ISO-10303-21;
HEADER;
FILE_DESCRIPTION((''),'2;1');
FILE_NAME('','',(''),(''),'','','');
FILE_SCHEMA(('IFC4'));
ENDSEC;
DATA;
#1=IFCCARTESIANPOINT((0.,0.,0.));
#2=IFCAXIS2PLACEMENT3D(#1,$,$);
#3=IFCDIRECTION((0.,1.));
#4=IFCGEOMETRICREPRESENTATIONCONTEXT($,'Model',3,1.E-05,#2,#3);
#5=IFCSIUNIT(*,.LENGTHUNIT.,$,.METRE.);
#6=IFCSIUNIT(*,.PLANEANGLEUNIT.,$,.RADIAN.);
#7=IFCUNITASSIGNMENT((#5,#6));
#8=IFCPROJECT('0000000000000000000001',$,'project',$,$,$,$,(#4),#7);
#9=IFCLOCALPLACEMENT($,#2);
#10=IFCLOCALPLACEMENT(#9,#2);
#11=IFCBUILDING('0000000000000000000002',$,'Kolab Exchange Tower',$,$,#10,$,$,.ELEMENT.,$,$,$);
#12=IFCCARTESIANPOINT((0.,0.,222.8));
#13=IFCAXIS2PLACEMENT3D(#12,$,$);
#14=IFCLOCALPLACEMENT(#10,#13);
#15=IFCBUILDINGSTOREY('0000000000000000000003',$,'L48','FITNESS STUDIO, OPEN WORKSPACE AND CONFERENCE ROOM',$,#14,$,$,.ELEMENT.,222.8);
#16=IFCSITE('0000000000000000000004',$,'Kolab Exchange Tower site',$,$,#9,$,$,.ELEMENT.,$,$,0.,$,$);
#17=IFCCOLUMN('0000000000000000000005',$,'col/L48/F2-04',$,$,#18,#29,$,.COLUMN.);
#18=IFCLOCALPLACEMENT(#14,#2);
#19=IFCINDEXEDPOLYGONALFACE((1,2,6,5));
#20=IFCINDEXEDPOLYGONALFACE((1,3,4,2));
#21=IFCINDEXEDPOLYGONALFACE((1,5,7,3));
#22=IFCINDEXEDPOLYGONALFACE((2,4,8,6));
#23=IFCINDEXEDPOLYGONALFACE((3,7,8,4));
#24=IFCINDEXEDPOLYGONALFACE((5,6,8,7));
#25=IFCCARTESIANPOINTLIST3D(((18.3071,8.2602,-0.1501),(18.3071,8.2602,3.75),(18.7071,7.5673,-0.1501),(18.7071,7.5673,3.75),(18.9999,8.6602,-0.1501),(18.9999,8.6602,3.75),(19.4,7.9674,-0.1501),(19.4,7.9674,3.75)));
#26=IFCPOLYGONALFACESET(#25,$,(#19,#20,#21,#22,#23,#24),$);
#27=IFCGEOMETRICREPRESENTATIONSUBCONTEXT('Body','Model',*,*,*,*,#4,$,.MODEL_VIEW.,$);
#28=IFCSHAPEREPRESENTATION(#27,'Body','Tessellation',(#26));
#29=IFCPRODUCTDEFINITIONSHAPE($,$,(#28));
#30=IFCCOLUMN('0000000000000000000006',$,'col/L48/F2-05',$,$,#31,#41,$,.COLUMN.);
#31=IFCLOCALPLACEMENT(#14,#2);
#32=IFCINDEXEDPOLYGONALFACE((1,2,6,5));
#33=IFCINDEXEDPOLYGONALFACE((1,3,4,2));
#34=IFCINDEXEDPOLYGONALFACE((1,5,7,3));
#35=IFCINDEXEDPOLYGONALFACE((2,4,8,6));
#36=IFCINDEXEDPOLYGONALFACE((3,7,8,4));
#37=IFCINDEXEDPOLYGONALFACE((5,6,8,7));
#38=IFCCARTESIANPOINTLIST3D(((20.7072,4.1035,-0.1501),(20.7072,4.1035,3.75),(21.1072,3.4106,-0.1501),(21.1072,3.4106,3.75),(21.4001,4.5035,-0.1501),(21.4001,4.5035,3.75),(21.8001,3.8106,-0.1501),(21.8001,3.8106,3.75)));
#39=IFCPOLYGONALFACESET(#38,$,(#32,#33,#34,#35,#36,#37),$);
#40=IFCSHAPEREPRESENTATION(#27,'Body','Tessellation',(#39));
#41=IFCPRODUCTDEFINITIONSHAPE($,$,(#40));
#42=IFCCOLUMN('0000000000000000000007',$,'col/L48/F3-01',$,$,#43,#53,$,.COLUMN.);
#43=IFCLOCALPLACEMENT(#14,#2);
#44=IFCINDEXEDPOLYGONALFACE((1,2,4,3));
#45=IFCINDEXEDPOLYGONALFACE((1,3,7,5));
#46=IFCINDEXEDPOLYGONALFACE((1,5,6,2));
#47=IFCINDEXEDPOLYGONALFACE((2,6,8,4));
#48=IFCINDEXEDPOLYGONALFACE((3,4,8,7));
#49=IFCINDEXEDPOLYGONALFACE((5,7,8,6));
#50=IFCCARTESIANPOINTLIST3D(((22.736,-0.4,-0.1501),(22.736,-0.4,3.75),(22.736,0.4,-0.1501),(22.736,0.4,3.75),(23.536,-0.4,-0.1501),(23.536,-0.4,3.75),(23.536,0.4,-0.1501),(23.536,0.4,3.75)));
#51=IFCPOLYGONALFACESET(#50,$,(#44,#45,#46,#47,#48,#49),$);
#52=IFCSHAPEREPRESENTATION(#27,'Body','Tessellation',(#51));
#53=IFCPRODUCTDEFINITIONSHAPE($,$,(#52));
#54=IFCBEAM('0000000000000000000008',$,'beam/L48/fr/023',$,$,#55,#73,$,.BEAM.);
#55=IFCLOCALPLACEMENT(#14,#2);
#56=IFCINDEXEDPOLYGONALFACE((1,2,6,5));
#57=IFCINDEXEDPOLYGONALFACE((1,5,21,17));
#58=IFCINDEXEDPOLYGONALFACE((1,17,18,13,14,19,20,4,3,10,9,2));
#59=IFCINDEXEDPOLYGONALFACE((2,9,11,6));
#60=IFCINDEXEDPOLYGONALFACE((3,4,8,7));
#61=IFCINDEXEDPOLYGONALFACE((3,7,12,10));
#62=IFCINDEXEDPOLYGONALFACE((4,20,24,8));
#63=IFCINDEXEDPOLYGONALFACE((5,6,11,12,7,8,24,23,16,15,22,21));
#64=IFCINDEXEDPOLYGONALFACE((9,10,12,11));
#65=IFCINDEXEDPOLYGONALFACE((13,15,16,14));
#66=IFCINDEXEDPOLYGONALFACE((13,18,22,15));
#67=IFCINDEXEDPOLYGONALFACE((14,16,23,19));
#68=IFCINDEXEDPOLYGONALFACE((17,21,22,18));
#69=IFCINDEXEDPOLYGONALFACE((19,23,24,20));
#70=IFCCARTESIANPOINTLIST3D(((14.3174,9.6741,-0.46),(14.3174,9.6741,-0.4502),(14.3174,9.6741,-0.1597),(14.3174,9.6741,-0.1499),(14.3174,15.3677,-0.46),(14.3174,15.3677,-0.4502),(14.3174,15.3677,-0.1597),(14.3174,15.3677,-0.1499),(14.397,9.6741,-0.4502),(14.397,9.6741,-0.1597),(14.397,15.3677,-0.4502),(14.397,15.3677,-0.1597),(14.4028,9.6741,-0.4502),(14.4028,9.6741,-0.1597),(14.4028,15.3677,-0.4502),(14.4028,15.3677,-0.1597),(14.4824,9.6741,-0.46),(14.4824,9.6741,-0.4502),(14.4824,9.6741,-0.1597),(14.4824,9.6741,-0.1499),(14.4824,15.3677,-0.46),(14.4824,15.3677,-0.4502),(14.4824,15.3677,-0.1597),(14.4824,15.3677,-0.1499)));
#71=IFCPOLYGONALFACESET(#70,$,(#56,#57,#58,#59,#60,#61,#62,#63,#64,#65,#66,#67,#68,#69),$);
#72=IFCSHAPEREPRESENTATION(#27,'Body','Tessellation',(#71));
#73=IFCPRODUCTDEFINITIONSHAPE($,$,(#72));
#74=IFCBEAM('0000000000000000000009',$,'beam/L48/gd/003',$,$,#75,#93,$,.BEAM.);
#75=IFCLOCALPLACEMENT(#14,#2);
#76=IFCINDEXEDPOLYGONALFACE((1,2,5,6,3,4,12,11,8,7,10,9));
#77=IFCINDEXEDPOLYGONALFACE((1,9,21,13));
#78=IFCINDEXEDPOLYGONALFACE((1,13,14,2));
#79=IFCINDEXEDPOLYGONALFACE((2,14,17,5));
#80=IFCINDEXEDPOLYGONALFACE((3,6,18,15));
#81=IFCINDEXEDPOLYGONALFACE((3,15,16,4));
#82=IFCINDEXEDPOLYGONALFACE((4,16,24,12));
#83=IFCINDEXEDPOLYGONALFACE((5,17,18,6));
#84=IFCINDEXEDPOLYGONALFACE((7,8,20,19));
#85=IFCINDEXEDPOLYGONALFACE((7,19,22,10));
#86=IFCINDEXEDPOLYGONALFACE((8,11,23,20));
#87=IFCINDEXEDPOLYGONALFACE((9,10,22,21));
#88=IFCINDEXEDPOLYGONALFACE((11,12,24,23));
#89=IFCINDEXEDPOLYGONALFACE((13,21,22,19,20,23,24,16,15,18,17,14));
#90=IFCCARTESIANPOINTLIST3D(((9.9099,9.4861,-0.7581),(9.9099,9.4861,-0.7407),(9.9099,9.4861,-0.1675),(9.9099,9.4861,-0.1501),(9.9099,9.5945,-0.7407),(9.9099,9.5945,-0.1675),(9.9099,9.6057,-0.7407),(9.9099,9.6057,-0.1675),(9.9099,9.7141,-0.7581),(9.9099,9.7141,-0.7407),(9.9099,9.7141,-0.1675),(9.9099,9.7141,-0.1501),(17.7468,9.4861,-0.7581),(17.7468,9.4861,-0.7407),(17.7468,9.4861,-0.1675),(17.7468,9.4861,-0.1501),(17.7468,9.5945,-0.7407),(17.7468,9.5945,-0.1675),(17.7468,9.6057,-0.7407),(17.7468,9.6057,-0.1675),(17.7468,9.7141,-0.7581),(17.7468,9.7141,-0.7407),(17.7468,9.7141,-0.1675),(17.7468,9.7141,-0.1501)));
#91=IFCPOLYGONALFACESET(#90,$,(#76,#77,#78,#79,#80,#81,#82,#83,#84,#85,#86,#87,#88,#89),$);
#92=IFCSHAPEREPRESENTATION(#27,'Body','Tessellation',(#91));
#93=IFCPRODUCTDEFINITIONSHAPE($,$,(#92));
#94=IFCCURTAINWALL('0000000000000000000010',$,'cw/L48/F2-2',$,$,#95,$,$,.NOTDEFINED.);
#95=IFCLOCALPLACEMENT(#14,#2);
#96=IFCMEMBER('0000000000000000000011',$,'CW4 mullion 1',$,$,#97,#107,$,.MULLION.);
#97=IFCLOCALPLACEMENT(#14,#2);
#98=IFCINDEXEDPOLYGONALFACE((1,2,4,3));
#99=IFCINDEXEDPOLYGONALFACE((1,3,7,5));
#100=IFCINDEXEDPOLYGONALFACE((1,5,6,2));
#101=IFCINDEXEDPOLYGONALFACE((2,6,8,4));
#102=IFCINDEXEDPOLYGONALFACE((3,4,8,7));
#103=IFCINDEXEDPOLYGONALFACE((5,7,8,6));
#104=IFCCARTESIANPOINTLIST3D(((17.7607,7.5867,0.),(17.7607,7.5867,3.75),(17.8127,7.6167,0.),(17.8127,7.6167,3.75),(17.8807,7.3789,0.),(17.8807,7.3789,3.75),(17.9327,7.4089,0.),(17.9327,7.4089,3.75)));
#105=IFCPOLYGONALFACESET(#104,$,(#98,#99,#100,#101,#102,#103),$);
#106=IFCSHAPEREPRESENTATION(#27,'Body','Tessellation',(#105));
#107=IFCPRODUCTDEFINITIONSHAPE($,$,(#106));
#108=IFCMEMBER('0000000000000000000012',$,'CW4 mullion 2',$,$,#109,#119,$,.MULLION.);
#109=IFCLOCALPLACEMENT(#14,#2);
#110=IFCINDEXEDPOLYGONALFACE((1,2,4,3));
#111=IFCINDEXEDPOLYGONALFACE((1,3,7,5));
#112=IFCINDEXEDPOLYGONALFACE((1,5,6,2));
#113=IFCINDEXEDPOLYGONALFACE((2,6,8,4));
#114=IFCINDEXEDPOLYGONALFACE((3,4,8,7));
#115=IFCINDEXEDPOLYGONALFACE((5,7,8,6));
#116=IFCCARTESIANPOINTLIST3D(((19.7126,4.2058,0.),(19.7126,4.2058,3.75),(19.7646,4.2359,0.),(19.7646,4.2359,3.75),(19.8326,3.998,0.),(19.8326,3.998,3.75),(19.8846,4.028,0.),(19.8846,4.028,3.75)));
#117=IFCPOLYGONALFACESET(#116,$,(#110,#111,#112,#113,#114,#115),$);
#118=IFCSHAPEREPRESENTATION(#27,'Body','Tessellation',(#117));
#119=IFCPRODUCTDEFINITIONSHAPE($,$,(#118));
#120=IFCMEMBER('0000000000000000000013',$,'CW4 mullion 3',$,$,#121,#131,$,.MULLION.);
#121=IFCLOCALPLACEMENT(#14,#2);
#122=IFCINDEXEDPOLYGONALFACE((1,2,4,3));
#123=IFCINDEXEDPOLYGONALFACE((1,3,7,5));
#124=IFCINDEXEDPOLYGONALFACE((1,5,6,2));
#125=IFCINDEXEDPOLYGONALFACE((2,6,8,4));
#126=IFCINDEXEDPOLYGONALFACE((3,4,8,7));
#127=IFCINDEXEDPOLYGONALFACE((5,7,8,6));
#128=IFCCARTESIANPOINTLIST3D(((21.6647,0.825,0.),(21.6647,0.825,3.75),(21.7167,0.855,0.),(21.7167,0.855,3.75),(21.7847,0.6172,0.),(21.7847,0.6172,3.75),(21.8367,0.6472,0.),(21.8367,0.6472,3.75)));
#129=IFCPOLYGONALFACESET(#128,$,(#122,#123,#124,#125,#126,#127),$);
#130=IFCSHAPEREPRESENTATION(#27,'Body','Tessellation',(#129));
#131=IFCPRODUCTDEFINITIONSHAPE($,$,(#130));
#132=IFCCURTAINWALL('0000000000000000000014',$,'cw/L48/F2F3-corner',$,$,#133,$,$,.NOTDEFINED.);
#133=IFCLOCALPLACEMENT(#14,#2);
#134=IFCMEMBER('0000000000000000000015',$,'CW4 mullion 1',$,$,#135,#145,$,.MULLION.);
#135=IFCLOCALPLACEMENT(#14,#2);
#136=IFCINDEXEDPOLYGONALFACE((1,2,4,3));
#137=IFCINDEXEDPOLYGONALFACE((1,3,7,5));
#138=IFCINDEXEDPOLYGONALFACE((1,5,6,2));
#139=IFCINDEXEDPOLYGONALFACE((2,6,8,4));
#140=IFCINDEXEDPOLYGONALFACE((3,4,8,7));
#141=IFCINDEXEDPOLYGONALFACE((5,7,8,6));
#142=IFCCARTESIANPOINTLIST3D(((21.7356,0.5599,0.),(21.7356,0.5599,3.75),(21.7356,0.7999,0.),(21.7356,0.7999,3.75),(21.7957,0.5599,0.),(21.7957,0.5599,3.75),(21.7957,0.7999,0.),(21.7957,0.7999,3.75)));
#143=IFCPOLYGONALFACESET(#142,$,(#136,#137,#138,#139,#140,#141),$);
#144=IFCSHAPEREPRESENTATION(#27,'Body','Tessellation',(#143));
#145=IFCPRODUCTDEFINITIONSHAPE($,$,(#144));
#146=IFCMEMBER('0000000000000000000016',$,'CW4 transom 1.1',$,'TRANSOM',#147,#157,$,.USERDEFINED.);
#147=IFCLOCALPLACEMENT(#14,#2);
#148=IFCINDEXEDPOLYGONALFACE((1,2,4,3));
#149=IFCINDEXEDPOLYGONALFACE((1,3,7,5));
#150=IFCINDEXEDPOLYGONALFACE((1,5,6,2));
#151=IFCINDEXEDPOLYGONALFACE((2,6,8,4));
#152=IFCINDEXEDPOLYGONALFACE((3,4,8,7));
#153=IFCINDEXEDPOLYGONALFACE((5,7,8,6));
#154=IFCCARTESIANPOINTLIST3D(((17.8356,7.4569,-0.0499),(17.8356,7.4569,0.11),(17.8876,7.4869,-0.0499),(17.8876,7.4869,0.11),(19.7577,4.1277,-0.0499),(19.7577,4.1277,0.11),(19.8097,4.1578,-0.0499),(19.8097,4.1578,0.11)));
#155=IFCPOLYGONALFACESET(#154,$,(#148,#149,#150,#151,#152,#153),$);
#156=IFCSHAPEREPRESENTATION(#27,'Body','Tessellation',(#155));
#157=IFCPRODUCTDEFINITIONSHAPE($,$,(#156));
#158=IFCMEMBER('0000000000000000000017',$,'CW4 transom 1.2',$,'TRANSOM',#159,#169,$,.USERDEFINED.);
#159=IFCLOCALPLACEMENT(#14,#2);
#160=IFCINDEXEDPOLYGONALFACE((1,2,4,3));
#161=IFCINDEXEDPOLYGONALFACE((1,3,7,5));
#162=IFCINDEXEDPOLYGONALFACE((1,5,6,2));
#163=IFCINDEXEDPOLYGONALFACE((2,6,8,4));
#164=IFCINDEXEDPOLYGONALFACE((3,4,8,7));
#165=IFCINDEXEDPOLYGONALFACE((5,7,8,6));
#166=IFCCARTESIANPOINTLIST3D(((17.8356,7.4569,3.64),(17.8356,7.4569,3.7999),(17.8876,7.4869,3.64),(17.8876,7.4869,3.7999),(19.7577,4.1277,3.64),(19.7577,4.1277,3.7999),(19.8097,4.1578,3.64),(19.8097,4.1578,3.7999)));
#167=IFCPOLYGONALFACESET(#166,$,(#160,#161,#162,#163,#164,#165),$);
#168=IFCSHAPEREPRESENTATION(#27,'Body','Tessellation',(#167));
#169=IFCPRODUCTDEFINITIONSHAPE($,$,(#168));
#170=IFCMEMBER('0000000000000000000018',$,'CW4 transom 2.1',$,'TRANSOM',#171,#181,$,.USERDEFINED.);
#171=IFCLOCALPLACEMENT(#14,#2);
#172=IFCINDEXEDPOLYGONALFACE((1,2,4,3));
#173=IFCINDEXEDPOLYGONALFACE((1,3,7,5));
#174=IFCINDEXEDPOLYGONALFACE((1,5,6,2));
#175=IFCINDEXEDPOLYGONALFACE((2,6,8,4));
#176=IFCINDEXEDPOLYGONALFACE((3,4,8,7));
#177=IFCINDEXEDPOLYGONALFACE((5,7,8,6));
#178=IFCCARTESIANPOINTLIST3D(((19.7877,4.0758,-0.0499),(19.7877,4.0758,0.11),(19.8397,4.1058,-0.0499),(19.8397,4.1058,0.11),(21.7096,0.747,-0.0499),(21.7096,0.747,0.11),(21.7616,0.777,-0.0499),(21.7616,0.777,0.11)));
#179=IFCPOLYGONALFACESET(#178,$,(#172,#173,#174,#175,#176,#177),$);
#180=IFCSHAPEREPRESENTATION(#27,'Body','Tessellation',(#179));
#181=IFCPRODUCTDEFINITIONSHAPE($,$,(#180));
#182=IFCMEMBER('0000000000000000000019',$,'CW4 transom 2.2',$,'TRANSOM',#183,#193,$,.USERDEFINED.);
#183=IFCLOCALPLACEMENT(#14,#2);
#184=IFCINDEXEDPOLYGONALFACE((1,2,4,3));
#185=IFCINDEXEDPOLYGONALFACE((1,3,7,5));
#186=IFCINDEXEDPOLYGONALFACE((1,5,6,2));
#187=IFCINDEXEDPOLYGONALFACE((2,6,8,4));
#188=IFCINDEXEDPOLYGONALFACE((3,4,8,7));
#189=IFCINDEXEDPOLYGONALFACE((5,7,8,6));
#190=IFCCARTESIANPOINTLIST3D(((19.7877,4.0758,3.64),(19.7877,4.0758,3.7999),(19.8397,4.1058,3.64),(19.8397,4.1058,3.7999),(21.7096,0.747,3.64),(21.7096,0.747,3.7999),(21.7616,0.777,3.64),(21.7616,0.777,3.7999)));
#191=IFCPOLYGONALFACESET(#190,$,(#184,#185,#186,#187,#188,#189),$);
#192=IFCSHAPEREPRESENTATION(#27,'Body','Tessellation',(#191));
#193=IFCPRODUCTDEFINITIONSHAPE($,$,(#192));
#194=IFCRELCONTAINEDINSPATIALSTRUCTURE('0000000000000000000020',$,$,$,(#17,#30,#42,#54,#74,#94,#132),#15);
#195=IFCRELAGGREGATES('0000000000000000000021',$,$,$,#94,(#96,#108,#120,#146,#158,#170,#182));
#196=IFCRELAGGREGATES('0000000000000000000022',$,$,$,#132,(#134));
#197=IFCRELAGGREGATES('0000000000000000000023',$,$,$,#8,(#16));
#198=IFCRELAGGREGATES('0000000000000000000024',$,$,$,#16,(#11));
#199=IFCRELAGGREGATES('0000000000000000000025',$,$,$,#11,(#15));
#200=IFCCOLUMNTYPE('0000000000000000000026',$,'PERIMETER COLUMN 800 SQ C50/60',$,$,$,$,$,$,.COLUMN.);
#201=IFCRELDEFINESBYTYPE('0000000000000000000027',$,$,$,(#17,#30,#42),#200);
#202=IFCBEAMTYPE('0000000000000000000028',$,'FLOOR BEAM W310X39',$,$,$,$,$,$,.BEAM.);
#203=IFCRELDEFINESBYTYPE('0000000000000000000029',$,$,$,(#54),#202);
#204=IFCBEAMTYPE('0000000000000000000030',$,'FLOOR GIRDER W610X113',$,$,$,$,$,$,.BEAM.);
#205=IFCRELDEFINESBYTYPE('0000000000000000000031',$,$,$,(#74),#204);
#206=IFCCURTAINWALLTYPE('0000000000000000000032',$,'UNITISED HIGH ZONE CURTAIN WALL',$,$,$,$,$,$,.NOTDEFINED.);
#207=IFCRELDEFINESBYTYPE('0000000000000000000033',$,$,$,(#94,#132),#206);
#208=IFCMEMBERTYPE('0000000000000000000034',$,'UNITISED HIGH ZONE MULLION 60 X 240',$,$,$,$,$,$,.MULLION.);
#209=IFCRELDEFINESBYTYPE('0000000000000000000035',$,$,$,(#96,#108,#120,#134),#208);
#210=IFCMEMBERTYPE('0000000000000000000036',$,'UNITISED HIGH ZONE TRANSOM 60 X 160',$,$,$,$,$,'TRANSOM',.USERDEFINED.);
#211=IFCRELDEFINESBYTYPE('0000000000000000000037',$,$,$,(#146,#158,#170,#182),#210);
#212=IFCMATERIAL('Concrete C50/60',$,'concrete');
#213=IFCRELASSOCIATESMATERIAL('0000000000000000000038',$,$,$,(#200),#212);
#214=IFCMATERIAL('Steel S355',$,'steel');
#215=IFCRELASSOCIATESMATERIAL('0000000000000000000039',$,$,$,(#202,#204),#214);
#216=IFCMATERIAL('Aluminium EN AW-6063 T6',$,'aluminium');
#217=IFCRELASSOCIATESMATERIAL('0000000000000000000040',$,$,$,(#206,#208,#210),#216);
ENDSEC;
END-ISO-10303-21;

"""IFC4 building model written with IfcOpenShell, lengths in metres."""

from ifc_helpers import new_model, si_unit, direction, frame, origin, origin_2d, place, context, subcontext, project, spatial, rectangle, i_section, extrude, material, material_profile, profile_set, type_object, element, aggregate, save


model = new_model("IFC4")

# Units and contexts
model_context = context("Model", 3, precision=1e-05, world=origin(), true_north=direction((0.0, 1.0)))
body_context = subcontext(model_context, "Body", "Model", "MODEL_VIEW")
ifc_project = project(units=[si_unit("LENGTHUNIT", "METRE"), si_unit("PLANEANGLEUNIT", "RADIAN")], contexts=[model_context])

# Site, building, storey
site_placement = place(None, origin())
site = spatial("IfcSite", under=ifc_project, at=site_placement, Name="Kolab Exchange Tower site", CompositionType="ELEMENT", RefElevation=0.0)
building_placement = place(site_placement, origin())
building = spatial("IfcBuilding", under=site, at=building_placement, Name="Kolab Exchange Tower", CompositionType="ELEMENT")
storey_placement = place(building_placement, frame((0.0, 0.0, 222.8)))
storey = spatial("IfcBuildingStorey", under=building, at=storey_placement, Name="L48", Description="FITNESS STUDIO, OPEN WORKSPACE AND CONFERENCE ROOM", CompositionType="ELEMENT", Elevation=222.8)

# Columns
ifc_material_1 = material(Name="Concrete C50/60", Category="concrete")
ifc_material_profile_1 = material_profile(ifc_material_1, rectangle(XDim=0.8, YDim=0.8, at=origin_2d()), Name="RC800")
ifc_profile_set_1 = profile_set([ifc_material_profile_1], Name="Concrete C50/60")
column_type = type_object("IfcColumnType", Name="PERIMETER COLUMN 800 SQ C50/60", PredefinedType="COLUMN", material=ifc_profile_set_1)
for number, where, z_axis, x_axis, name in (
    (1, (18.8535, 8.1138, -0.1501), (0.0, 0.0, 1.0), (0.866025, 0.5, 0.0), "col/L48/F2-04"),
    (2, (21.2537, 3.957, -0.1501), (0.0, 0.0, 1.0), (0.866025, 0.5, 0.0), "col/L48/F2-05"),
    (3, (23.136, 0.0, -0.1501), (0.0, 0.0, 1.0), (1.0, 0.0, 0.0), "col/L48/F3-01"),
):
    element("IfcColumn", number, at=place(storey_placement, frame(where, z_axis=z_axis, x_axis=x_axis)), inside=storey, type_object=column_type, Name=name, PredefinedType="COLUMN", context=body_context, shape_type="SweptSolid", body=[
        extrude(rectangle(XDim=0.8, YDim=0.8, at=origin_2d()), origin(), (0.0, 0.0, 1.0), 3.9001),
    ])

# Beams
ifc_material_2 = material(Name="Steel S355", Category="steel")
ifc_material_profile_2 = material_profile(ifc_material_2, i_section(OverallWidth=0.165, OverallDepth=0.3101, WebThickness=0.0059, FlangeThickness=0.0098, at=origin_2d()), Name="W310X39")
ifc_profile_set_2 = profile_set([ifc_material_profile_2], Name="Steel S355")
beam_type_1 = type_object("IfcBeamType", Name="FLOOR BEAM W310X39", PredefinedType="BEAM", material=ifc_profile_set_2)
beam_1_placement = place(storey_placement, frame((14.3999, 9.6741, -0.3049), z_axis=(0.0, 1.0, 0.0), x_axis=(-1.0, 0.0, 0.0)))
element("IfcBeam", 4, at=beam_1_placement, inside=storey, type_object=beam_type_1, Name="beam/L48/fr/023", PredefinedType="BEAM", context=body_context, shape_type="SweptSolid", body=[
    extrude(i_section(OverallWidth=0.165, OverallDepth=0.3101, WebThickness=0.0059, FlangeThickness=0.0098, at=origin_2d()), origin(), (0.0, 0.0, 1.0), 5.6936),
])
ifc_material_profile_3 = material_profile(ifc_material_2, i_section(OverallWidth=0.228, OverallDepth=0.6079, WebThickness=0.0112, FlangeThickness=0.0173, at=origin_2d()), Name="W610X113")
ifc_profile_set_3 = profile_set([ifc_material_profile_3], Name="Steel S355")
beam_type_2 = type_object("IfcBeamType", Name="FLOOR GIRDER W610X113", PredefinedType="BEAM", material=ifc_profile_set_3)
beam_2_placement = place(storey_placement, frame((9.9099, 9.6001, -0.4541), z_axis=(1.0, 0.0, 0.0), x_axis=(0.0, 1.0, 0.0)))
element("IfcBeam", 5, at=beam_2_placement, inside=storey, type_object=beam_type_2, Name="beam/L48/gd/003", PredefinedType="BEAM", context=body_context, shape_type="SweptSolid", body=[
    extrude(i_section(OverallWidth=0.228, OverallDepth=0.6079, WebThickness=0.0112, FlangeThickness=0.0173, at=origin_2d()), origin(), (0.0, 0.0, 1.0), 7.8369),
])

# Curtain wall, members
ifc_material_3 = material(Name="Aluminium EN AW-6063 T6", Category="aluminium")
curtain_wall_type = type_object("IfcCurtainWallType", Name="UNITISED HIGH ZONE CURTAIN WALL", PredefinedType="NOTDEFINED", material=ifc_material_3)
curtain_wall_1_placement = place(storey_placement, origin())
curtain_wall_1 = element("IfcCurtainWall", 6, at=curtain_wall_1_placement, inside=storey, type_object=curtain_wall_type, Name="cw/L48/F2-2", PredefinedType="NOTDEFINED")
ifc_material_profile_4 = material_profile(ifc_material_3, rectangle(XDim=0.0601, YDim=0.24, at=origin_2d()), Name="RECT 60X240")
ifc_profile_set_4 = profile_set([ifc_material_profile_4], Name="Aluminium EN AW-6063 T6")
member_type_1 = type_object("IfcMemberType", Name="UNITISED HIGH ZONE MULLION 60 X 240", PredefinedType="MULLION", material=ifc_profile_set_4)
member_1_placement = place(storey_placement, frame((17.8467, 7.4978, 0.0), z_axis=(0.0, 0.0, 1.0), x_axis=(0.866025, 0.5, 0.0)))
member_1 = element("IfcMember", 7, at=member_1_placement, type_object=member_type_1, Name="CW4 mullion 1", PredefinedType="MULLION", context=body_context, shape_type="SweptSolid", body=[
    extrude(rectangle(XDim=0.0601, YDim=0.24, at=origin_2d()), origin(), (0.0, 0.0, 1.0), 3.75),
])
member_2_placement = place(storey_placement, frame((19.7986, 4.1169, 0.0), z_axis=(0.0, 0.0, 1.0), x_axis=(0.866025, 0.5, 0.0)))
member_2 = element("IfcMember", 8, at=member_2_placement, type_object=member_type_1, Name="CW4 mullion 2", PredefinedType="MULLION", context=body_context, shape_type="SweptSolid", body=[
    extrude(rectangle(XDim=0.0601, YDim=0.24, at=origin_2d()), origin(), (0.0, 0.0, 1.0), 3.75),
])
member_3_placement = place(storey_placement, frame((21.7507, 0.7361, 0.0), z_axis=(0.0, 0.0, 1.0), x_axis=(0.866025, 0.5, 0.0)))
member_3 = element("IfcMember", 9, at=member_3_placement, type_object=member_type_1, Name="CW4 mullion 3", PredefinedType="MULLION", context=body_context, shape_type="SweptSolid", body=[
    extrude(rectangle(XDim=0.0601, YDim=0.24, at=origin_2d()), origin(), (0.0, 0.0, 1.0), 3.75),
])

# Curtain wall, member
curtain_wall_2_placement = place(storey_placement, origin())
curtain_wall_2 = element("IfcCurtainWall", 10, at=curtain_wall_2_placement, inside=storey, type_object=curtain_wall_type, Name="cw/L48/F2F3-corner", PredefinedType="NOTDEFINED")
member_4_placement = place(storey_placement, frame((21.7656, 0.6799, 0.0), z_axis=(0.0, 0.0, 1.0), x_axis=(1.0, 0.0, 0.0)))
member_4 = element("IfcMember", 11, at=member_4_placement, type_object=member_type_1, Name="CW4 mullion 1", PredefinedType="MULLION", context=body_context, shape_type="SweptSolid", body=[
    extrude(rectangle(XDim=0.0601, YDim=0.24, at=origin_2d()), origin(), (0.0, 0.0, 1.0), 3.75),
])

# Members
ifc_material_profile_5 = material_profile(ifc_material_3, rectangle(XDim=0.0601, YDim=0.1599, at=origin_2d()), Name="RECT 60X160")
ifc_profile_set_5 = profile_set([ifc_material_profile_5], Name="Aluminium EN AW-6063 T6")
member_type_2 = type_object("IfcMemberType", Name="UNITISED HIGH ZONE TRANSOM 60 X 160", ElementType="TRANSOM", PredefinedType="USERDEFINED", material=ifc_profile_set_5)
member_5_placement = place(storey_placement, frame((17.8616, 7.4719, 0.03), z_axis=(0.500012, -0.866018, 0.0), x_axis=(0.866018, 0.500012, 0.0)))
member_5 = element("IfcMember", 12, at=member_5_placement, type_object=member_type_2, Name="CW4 transom 1.1", ObjectType="TRANSOM", PredefinedType="USERDEFINED", context=body_context, shape_type="SweptSolid", body=[
    extrude(rectangle(XDim=0.0601, YDim=0.1599, at=origin_2d()), origin(), (0.0, 0.0, 1.0), 3.8442),
])
member_6_placement = place(storey_placement, frame((17.8616, 7.4719, 3.72), z_axis=(0.500012, -0.866018, 0.0), x_axis=(0.866018, 0.500012, 0.0)))
member_6 = element("IfcMember", 13, at=member_6_placement, type_object=member_type_2, Name="CW4 transom 1.2", ObjectType="TRANSOM", PredefinedType="USERDEFINED", context=body_context, shape_type="SweptSolid", body=[
    extrude(rectangle(XDim=0.0601, YDim=0.1599, at=origin_2d()), origin(), (0.0, 0.0, 1.0), 3.8442),
])
member_7_placement = place(storey_placement, frame((19.8137, 4.0908, 0.03), z_axis=(0.499992, -0.86603, 0.0), x_axis=(0.86603, 0.499992, 0.0)))
member_7 = element("IfcMember", 14, at=member_7_placement, type_object=member_type_2, Name="CW4 transom 2.1", ObjectType="TRANSOM", PredefinedType="USERDEFINED", context=body_context, shape_type="SweptSolid", body=[
    extrude(rectangle(XDim=0.0601, YDim=0.1599, at=origin_2d()), origin(), (0.0, 0.0, 1.0), 3.8438),
])
member_8_placement = place(storey_placement, frame((19.8137, 4.0908, 3.72), z_axis=(0.499992, -0.86603, 0.0), x_axis=(0.86603, 0.499992, 0.0)))
member_8 = element("IfcMember", 15, at=member_8_placement, type_object=member_type_2, Name="CW4 transom 2.2", ObjectType="TRANSOM", PredefinedType="USERDEFINED", context=body_context, shape_type="SweptSolid", body=[
    extrude(rectangle(XDim=0.0601, YDim=0.1599, at=origin_2d()), origin(), (0.0, 0.0, 1.0), 3.8438),
])

aggregate(curtain_wall_1, [member_1, member_2, member_3, member_5, member_6, member_7, member_8])
aggregate(curtain_wall_2, [member_4])

save(model, "model.ifc")
